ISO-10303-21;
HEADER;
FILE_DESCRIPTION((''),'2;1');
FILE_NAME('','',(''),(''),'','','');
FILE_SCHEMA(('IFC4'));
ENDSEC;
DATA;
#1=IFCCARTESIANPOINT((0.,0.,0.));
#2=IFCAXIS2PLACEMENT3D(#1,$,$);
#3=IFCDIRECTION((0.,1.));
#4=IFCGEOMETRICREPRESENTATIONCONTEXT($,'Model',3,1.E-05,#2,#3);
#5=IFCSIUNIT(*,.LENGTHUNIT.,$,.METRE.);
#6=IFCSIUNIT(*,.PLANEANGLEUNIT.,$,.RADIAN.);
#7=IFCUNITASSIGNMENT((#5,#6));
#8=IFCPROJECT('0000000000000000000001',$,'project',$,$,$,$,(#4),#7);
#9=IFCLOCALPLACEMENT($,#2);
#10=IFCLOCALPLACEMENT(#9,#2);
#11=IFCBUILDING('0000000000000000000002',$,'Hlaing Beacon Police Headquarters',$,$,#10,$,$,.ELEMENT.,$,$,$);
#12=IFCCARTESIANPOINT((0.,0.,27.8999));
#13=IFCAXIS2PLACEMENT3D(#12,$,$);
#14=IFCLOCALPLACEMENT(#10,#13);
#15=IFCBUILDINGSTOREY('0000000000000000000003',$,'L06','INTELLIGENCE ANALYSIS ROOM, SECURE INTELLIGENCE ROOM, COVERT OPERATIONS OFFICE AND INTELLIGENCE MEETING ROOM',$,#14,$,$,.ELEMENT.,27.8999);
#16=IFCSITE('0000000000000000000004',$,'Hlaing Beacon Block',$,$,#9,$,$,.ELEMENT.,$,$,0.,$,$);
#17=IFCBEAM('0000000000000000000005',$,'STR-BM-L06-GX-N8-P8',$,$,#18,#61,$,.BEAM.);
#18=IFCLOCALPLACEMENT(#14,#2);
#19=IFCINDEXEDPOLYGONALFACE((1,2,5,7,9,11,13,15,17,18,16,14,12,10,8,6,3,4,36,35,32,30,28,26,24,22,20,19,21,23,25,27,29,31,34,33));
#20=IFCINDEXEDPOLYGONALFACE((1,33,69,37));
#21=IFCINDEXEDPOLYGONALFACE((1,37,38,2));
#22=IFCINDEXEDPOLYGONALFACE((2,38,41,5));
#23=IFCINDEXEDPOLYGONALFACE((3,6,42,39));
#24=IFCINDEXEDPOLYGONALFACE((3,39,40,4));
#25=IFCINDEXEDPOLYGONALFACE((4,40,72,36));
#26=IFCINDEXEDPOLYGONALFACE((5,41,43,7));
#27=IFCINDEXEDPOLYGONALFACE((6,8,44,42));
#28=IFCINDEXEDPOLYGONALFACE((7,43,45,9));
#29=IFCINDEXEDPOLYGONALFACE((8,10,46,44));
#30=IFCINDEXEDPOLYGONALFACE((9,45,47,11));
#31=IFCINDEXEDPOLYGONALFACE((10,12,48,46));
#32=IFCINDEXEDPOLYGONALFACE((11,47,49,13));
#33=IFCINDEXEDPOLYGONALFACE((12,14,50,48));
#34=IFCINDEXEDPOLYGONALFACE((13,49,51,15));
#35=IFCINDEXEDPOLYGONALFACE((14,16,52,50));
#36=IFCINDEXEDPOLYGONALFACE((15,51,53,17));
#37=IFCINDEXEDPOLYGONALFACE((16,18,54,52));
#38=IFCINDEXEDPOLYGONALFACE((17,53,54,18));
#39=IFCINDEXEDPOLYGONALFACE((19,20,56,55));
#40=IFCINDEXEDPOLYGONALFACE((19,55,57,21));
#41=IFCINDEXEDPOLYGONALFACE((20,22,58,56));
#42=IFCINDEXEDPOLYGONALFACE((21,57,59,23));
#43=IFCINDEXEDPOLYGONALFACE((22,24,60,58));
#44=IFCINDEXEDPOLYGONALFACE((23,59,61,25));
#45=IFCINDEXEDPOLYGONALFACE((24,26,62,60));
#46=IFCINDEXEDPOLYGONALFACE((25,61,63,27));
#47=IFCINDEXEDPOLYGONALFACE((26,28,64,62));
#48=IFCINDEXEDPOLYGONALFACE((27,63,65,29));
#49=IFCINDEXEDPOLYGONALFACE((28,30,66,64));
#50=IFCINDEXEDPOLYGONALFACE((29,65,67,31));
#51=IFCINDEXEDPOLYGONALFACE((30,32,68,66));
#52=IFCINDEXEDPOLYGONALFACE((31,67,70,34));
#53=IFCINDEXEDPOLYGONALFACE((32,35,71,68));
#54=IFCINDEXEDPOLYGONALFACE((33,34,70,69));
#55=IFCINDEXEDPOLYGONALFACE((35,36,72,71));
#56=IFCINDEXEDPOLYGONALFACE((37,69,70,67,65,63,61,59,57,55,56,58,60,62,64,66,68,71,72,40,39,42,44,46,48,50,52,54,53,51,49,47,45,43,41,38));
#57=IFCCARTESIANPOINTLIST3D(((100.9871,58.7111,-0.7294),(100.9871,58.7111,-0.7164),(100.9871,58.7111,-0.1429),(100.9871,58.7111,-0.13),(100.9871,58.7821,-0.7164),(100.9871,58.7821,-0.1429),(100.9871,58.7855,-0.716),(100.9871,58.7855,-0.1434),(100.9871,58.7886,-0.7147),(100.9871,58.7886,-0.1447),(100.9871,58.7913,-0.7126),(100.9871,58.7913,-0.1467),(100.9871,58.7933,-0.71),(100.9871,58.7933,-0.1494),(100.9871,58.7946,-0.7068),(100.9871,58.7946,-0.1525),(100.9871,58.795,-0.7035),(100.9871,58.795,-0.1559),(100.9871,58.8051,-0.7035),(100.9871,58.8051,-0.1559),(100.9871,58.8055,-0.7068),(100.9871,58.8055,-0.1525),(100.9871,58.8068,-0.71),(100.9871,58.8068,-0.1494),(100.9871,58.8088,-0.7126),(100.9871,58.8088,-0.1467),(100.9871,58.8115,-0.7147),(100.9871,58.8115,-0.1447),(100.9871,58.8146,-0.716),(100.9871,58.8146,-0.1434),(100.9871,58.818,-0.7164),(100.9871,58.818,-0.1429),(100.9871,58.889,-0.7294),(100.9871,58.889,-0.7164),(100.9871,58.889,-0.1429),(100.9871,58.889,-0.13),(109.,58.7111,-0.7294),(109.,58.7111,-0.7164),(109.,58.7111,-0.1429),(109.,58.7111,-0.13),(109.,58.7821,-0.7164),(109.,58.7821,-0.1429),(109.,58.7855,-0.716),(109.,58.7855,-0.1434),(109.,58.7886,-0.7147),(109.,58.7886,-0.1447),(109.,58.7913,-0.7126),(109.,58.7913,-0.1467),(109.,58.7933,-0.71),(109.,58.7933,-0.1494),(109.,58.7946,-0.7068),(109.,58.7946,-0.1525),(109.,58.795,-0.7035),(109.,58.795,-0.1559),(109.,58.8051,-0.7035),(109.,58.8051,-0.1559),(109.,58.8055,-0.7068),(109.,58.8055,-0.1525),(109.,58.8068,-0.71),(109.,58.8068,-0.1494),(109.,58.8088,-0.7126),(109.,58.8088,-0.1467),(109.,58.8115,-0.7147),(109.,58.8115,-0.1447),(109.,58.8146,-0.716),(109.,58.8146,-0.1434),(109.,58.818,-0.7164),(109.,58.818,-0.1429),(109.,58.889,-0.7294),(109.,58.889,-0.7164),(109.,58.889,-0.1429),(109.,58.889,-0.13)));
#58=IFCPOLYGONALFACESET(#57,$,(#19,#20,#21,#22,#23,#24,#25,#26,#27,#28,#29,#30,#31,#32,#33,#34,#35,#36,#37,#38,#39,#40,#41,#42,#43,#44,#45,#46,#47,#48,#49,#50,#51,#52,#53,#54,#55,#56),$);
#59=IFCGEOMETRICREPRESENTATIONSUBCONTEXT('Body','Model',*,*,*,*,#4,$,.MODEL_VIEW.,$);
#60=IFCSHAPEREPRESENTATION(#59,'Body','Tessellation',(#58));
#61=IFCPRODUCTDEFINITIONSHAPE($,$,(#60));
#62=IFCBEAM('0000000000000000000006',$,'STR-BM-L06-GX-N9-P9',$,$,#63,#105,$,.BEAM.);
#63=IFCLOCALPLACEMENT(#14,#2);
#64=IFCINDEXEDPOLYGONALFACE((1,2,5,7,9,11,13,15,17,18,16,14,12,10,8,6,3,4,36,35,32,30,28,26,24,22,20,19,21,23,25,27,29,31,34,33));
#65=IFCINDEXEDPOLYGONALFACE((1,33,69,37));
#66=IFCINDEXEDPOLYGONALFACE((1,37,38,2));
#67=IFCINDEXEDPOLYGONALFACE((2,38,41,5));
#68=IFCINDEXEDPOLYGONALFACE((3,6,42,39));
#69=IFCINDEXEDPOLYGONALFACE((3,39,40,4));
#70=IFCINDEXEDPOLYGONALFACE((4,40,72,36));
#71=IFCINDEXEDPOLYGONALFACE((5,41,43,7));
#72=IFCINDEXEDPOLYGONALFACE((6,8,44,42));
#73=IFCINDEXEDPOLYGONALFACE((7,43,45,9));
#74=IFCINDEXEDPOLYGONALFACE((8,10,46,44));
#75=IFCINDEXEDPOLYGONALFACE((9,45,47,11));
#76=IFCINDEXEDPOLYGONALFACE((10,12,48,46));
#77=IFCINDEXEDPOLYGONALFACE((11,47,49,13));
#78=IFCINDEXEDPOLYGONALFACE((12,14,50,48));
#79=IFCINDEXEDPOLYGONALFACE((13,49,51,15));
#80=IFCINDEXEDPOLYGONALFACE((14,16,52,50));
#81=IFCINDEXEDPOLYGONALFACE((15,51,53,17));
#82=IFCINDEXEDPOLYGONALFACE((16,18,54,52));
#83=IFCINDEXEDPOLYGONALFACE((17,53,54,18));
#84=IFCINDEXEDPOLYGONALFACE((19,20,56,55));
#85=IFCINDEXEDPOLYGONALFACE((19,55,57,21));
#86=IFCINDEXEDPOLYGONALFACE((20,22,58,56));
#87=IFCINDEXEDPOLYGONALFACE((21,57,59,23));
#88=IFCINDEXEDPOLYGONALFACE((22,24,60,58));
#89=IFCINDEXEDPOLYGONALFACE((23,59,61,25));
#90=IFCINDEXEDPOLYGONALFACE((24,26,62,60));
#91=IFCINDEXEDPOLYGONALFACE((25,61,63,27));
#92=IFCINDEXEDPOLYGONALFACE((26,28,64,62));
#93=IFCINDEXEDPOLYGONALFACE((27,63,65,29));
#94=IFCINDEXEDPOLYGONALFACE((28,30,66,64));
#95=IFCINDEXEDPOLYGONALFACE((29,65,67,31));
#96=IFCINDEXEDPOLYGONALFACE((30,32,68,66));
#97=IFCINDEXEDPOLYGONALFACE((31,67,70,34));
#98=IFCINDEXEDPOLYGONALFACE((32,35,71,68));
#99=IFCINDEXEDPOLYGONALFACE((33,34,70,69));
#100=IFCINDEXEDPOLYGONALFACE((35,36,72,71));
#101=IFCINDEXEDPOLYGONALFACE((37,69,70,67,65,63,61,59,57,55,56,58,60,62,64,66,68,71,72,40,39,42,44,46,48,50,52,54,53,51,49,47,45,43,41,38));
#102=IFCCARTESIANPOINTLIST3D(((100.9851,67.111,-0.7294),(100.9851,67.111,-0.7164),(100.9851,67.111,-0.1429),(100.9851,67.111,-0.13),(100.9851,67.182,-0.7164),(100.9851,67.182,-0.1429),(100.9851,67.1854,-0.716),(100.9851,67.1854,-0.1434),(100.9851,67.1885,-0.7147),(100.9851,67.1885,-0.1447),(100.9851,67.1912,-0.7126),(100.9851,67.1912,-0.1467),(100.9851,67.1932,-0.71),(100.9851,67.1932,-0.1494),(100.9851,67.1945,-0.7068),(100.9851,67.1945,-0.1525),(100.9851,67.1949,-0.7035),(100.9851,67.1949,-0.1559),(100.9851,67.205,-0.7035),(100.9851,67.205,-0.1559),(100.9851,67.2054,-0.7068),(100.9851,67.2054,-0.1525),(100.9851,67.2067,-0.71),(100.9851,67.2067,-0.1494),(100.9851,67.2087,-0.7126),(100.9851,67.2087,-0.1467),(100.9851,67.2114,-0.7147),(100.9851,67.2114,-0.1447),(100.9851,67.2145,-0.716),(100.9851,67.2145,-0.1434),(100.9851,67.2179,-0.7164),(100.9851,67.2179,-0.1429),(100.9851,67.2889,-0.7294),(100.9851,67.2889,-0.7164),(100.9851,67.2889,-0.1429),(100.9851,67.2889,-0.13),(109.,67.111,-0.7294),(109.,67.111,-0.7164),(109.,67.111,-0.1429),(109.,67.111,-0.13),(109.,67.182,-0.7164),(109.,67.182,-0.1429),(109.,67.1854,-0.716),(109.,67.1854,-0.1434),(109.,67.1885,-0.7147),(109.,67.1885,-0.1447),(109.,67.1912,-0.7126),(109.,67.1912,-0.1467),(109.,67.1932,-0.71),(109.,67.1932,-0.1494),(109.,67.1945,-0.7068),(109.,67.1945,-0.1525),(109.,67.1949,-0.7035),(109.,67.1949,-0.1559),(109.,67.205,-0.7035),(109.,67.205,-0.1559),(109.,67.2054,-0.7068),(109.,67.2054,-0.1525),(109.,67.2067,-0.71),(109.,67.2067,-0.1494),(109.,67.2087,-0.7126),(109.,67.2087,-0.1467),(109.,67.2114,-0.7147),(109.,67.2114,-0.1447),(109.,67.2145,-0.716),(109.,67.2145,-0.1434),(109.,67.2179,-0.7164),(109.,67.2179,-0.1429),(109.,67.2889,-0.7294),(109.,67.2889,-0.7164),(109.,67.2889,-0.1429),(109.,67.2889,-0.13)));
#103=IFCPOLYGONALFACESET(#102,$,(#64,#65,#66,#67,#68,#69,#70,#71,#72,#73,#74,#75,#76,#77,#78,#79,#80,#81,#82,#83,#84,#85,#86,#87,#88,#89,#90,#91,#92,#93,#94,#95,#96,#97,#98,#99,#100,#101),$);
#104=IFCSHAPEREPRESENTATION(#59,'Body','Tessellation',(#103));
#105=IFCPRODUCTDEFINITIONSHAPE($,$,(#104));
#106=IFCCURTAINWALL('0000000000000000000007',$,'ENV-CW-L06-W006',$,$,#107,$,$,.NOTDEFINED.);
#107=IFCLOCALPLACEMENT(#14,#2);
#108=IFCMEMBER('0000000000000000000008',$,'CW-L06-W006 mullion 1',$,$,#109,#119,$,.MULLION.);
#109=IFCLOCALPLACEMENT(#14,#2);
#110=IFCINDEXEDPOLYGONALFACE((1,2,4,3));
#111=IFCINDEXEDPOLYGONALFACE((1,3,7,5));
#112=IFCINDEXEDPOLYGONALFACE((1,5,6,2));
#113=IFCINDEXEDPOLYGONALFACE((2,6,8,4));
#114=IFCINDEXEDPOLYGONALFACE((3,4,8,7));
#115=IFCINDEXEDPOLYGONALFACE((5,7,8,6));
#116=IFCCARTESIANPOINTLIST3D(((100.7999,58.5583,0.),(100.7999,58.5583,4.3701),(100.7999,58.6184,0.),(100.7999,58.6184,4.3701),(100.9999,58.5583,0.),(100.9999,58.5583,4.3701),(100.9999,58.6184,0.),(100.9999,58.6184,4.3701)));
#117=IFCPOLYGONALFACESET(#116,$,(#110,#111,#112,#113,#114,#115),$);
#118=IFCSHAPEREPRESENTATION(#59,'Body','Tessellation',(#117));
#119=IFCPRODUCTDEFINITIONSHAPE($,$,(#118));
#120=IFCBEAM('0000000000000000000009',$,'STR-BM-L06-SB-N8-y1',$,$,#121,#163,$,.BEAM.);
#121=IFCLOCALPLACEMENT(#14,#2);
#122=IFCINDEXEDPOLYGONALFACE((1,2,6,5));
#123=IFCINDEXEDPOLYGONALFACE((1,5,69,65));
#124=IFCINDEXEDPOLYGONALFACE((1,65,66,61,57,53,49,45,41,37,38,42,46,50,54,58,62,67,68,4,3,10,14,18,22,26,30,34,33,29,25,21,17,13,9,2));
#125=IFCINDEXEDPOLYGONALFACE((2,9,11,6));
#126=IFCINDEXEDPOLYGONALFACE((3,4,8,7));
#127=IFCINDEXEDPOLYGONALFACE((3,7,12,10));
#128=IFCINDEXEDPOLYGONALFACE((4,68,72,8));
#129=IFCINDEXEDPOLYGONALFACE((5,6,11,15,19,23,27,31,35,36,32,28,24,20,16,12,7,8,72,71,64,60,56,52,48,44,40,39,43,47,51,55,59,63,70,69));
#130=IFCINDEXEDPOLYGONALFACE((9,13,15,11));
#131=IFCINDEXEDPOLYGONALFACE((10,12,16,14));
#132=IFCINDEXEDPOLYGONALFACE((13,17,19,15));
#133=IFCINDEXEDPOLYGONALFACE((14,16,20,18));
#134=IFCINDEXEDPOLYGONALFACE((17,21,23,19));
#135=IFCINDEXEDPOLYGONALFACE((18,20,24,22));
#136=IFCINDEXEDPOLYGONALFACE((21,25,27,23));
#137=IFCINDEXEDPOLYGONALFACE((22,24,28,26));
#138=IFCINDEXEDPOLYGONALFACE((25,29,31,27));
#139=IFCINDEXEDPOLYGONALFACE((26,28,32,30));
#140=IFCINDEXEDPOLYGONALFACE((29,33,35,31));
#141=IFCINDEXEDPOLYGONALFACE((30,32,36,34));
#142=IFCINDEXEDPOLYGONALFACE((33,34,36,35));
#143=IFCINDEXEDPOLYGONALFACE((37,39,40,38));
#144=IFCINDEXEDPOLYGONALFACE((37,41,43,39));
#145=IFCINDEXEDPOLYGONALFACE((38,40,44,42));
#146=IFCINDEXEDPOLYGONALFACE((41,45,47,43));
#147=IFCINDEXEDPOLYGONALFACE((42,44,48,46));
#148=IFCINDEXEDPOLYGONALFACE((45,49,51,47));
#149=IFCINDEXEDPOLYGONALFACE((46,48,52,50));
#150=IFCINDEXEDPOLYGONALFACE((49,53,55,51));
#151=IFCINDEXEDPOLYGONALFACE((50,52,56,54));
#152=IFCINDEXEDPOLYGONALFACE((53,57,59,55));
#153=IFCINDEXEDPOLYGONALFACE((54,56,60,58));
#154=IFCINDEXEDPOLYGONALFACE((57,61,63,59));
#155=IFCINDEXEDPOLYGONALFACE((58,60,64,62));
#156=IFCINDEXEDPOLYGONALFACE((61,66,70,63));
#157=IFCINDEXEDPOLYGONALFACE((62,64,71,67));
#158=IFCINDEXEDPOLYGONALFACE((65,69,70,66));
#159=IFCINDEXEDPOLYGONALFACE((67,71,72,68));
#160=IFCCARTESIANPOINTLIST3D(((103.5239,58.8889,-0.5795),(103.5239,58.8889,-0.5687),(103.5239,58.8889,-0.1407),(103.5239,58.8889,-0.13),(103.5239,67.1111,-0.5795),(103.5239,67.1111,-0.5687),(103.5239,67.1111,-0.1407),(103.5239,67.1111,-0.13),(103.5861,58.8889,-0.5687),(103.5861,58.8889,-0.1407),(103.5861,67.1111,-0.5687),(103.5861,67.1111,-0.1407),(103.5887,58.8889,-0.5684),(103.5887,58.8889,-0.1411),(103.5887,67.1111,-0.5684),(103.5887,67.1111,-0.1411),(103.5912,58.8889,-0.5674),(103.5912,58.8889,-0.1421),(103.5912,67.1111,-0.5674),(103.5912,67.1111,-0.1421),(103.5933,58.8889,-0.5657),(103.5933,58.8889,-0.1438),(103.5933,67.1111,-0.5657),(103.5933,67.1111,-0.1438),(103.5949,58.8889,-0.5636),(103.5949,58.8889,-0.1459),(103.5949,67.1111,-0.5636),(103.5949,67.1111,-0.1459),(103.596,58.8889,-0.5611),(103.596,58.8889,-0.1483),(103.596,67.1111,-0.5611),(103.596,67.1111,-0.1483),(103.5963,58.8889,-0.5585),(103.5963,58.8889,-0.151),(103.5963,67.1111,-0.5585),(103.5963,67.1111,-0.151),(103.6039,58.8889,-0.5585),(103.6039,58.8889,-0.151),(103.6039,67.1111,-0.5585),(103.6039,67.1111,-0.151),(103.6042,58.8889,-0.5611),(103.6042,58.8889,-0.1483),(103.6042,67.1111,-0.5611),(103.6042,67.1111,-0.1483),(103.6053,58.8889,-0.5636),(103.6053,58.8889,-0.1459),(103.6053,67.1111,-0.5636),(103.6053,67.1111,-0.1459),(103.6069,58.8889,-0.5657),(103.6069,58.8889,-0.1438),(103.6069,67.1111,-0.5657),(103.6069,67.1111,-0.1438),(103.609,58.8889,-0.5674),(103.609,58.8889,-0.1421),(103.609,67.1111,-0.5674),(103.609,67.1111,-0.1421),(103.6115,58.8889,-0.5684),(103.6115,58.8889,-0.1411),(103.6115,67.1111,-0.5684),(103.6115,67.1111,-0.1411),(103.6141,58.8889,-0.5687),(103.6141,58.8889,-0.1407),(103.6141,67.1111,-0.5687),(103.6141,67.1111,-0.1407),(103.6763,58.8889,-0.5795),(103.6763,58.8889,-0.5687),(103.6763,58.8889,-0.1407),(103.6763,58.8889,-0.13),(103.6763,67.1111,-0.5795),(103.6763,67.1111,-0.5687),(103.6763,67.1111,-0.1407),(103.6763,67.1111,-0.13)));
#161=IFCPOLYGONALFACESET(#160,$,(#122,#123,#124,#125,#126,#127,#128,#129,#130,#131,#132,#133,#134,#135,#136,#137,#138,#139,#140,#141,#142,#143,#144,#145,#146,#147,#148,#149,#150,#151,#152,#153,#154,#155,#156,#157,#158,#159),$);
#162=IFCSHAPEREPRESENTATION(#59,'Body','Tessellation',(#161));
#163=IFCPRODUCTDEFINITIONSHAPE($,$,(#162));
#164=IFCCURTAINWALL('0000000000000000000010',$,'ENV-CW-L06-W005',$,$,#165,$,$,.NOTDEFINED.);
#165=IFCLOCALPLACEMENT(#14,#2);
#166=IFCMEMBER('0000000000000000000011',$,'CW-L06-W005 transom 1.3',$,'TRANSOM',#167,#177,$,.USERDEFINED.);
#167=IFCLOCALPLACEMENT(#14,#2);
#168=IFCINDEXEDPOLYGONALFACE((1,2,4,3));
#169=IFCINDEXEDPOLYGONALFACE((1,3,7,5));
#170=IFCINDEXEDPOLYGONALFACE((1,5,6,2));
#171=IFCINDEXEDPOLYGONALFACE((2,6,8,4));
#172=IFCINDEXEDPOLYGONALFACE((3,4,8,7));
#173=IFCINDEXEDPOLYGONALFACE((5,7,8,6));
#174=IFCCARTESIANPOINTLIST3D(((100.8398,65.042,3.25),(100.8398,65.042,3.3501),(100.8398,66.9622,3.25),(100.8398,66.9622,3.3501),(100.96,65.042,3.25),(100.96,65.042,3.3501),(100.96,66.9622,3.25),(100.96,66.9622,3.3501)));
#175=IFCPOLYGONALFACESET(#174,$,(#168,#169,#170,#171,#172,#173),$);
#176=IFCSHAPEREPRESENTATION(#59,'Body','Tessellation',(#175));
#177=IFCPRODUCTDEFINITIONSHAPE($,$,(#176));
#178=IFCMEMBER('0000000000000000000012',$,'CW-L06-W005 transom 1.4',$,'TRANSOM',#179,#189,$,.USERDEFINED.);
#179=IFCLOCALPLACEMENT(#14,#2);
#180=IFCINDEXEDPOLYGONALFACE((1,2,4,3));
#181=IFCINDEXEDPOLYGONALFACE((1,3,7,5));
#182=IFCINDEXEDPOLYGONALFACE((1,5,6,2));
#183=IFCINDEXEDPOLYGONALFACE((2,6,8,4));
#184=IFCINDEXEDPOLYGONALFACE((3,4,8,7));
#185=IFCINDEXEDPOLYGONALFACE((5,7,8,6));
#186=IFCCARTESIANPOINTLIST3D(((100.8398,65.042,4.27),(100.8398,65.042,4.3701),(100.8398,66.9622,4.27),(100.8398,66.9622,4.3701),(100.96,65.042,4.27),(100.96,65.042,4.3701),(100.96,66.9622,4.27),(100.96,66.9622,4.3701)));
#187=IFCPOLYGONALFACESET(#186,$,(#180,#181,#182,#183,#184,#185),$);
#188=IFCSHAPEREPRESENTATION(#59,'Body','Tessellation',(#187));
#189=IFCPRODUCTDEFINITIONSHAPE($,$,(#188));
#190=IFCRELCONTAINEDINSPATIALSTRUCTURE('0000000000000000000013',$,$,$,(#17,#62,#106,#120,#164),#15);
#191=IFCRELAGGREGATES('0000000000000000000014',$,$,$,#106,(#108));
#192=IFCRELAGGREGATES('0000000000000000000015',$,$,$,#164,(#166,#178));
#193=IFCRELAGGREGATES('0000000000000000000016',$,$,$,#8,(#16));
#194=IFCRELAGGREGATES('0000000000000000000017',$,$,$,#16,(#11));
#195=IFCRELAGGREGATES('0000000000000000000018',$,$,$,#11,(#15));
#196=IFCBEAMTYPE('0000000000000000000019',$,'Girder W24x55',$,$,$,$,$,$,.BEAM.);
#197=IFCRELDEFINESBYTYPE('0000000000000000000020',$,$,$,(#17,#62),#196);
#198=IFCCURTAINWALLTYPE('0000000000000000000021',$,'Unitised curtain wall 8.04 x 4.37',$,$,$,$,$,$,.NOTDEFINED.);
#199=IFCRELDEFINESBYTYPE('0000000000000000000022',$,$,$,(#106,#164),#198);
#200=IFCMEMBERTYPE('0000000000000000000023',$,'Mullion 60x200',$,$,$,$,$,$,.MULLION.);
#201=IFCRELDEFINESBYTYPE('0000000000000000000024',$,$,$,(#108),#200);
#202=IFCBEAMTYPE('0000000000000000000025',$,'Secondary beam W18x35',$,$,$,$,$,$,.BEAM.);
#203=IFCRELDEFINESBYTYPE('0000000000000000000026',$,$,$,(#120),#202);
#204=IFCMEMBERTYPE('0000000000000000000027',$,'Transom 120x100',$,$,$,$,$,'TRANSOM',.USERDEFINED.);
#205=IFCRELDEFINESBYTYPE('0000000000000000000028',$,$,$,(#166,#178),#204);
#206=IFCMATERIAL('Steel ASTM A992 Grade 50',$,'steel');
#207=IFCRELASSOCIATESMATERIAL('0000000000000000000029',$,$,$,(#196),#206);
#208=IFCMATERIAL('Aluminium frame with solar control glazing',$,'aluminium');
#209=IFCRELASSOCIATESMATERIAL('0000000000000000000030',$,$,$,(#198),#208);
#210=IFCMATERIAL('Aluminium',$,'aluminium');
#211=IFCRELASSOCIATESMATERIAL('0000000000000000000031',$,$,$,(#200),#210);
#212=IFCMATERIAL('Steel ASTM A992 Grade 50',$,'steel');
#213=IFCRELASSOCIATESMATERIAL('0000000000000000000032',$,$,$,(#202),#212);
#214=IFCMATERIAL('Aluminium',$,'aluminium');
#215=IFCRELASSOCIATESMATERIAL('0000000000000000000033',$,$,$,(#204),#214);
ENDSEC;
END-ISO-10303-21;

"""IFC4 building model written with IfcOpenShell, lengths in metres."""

from ifc_helpers import new_model, si_unit, direction, frame, origin, origin_2d, place, context, subcontext, project, spatial, rectangle, i_section, extrude, material, material_profile, profile_set, type_object, element, aggregate, save


model = new_model("IFC4")

# Units and contexts
model_context = context("Model", 3, precision=1e-05, world=origin(), true_north=direction((0.0, 1.0)))
body_context = subcontext(model_context, "Body", "Model", "MODEL_VIEW")
ifc_project = project(units=[si_unit("LENGTHUNIT", "METRE"), si_unit("PLANEANGLEUNIT", "RADIAN")], contexts=[model_context])

# Site, building, storey
site_placement = place(None, origin())
site = spatial("IfcSite", under=ifc_project, at=site_placement, Name="Hlaing Beacon Block", CompositionType="ELEMENT", RefElevation=0.0)
building_placement = place(site_placement, origin())
building = spatial("IfcBuilding", under=site, at=building_placement, Name="Hlaing Beacon Police Headquarters", CompositionType="ELEMENT")
storey_placement = place(building_placement, frame((0.0, 0.0, 27.8999)))
storey = spatial("IfcBuildingStorey", under=building, at=storey_placement, Name="L06", Description="INTELLIGENCE ANALYSIS ROOM, SECURE INTELLIGENCE ROOM, COVERT OPERATIONS OFFICE AND INTELLIGENCE MEETING ROOM", CompositionType="ELEMENT", Elevation=27.8999)

# Beams
ifc_material_1 = material(Name="Steel ASTM A992 Grade 50", Category="steel")
ifc_material_profile_1 = material_profile(ifc_material_1, i_section(OverallWidth=0.178, OverallDepth=0.5994, WebThickness=0.01, FlangeThickness=0.0129, FilletRadius=0.0129, at=origin_2d()), Name="W24x55")
ifc_profile_set_1 = profile_set([ifc_material_profile_1], Name="Steel ASTM A992 Grade 50")
beam_type_1 = type_object("IfcBeamType", Name="Girder W24x55", PredefinedType="BEAM", material=ifc_profile_set_1)
beam_1_placement = place(storey_placement, frame((100.9871, 58.8, -0.4297), z_axis=(1.0, 0.0, 0.0), x_axis=(0.0, 1.0, 0.0)))
element("IfcBeam", 1, at=beam_1_placement, inside=storey, type_object=beam_type_1, Name="STR-BM-L06-GX-N8-P8", PredefinedType="BEAM", context=body_context, shape_type="SweptSolid", body=[
    extrude(i_section(OverallWidth=0.178, OverallDepth=0.5994, WebThickness=0.01, FlangeThickness=0.0129, FilletRadius=0.0129, at=origin_2d()), origin(), (0.0, 0.0, 1.0), 8.0129),
])
beam_2_placement = place(storey_placement, frame((100.9851, 67.2, -0.4297), z_axis=(1.0, 0.0, 0.0), x_axis=(0.0, 1.0, 0.0)))
element("IfcBeam", 2, at=beam_2_placement, inside=storey, type_object=beam_type_1, Name="STR-BM-L06-GX-N9-P9", PredefinedType="BEAM", context=body_context, shape_type="SweptSolid", body=[
    extrude(i_section(OverallWidth=0.178, OverallDepth=0.5994, WebThickness=0.01, FlangeThickness=0.0129, FilletRadius=0.0129, at=origin_2d()), origin(), (0.0, 0.0, 1.0), 8.0149),
])

# Curtain wall, member
ifc_material_2 = material(Name="Aluminium frame with solar control glazing", Category="aluminium")
curtain_wall_type = type_object("IfcCurtainWallType", Name="Unitised curtain wall 8.04 x 4.37", PredefinedType="NOTDEFINED", material=ifc_material_2)
curtain_wall_1_placement = place(storey_placement, origin())
curtain_wall_1 = element("IfcCurtainWall", 3, at=curtain_wall_1_placement, inside=storey, type_object=curtain_wall_type, Name="ENV-CW-L06-W006", PredefinedType="NOTDEFINED")
ifc_material_3 = material(Name="Aluminium", Category="aluminium")
ifc_material_profile_2 = material_profile(ifc_material_3, rectangle(XDim=0.2, YDim=0.0601, at=origin_2d()), Name="Mullion 60x200")
ifc_profile_set_2 = profile_set([ifc_material_profile_2], Name="Aluminium")
member_type_1 = type_object("IfcMemberType", Name="Mullion 60x200", PredefinedType="MULLION", material=ifc_profile_set_2)
member_1_placement = place(storey_placement, frame((100.8999, 58.5884, 0.0), z_axis=(0.0, 0.0, 1.0), x_axis=(1.0, 0.0, 0.0)))
member_1 = element("IfcMember", 4, at=member_1_placement, type_object=member_type_1, Name="CW-L06-W006 mullion 1", PredefinedType="MULLION", context=body_context, shape_type="SweptSolid", body=[
    extrude(rectangle(XDim=0.2, YDim=0.0601, at=origin_2d()), origin(), (0.0, 0.0, 1.0), 4.3701),
])

# Beam
ifc_material_4 = material(Name="Steel ASTM A992 Grade 50", Category="steel")
ifc_material_profile_3 = material_profile(ifc_material_4, i_section(OverallWidth=0.1523, OverallDepth=0.4495, WebThickness=0.0076, FlangeThickness=0.0107, FilletRadius=0.0103, at=origin_2d()), Name="W18x35")
ifc_profile_set_3 = profile_set([ifc_material_profile_3], Name="Steel ASTM A992 Grade 50")
beam_type_2 = type_object("IfcBeamType", Name="Secondary beam W18x35", PredefinedType="BEAM", material=ifc_profile_set_3)
beam_3_placement = place(storey_placement, frame((103.6001, 58.8889, -0.3547), z_axis=(0.0, 1.0, 0.0), x_axis=(-1.0, 0.0, 0.0)))
element("IfcBeam", 5, at=beam_3_placement, inside=storey, type_object=beam_type_2, Name="STR-BM-L06-SB-N8-y1", PredefinedType="BEAM", context=body_context, shape_type="SweptSolid", body=[
    extrude(i_section(OverallWidth=0.1523, OverallDepth=0.4495, WebThickness=0.0076, FlangeThickness=0.0107, FilletRadius=0.0103, at=origin_2d()), origin(), (0.0, 0.0, 1.0), 8.2222),
])

# Curtain wall, members
curtain_wall_2_placement = place(storey_placement, origin())
curtain_wall_2 = element("IfcCurtainWall", 6, at=curtain_wall_2_placement, inside=storey, type_object=curtain_wall_type, Name="ENV-CW-L06-W005", PredefinedType="NOTDEFINED")
ifc_material_5 = material(Name="Aluminium", Category="aluminium")
ifc_material_profile_4 = material_profile(ifc_material_5, rectangle(XDim=0.1201, YDim=0.1001, at=origin_2d()), Name="Transom 120x100")
ifc_profile_set_4 = profile_set([ifc_material_profile_4], Name="Aluminium")
member_type_2 = type_object("IfcMemberType", Name="Transom 120x100", ElementType="TRANSOM", PredefinedType="USERDEFINED", material=ifc_profile_set_4)
member_2_placement = place(storey_placement, frame((100.8999, 66.9622, 3.3), z_axis=(0.0, -1.0, 0.0), x_axis=(1.0, 0.0, 0.0)))
member_2 = element("IfcMember", 7, at=member_2_placement, type_object=member_type_2, Name="CW-L06-W005 transom 1.3", ObjectType="TRANSOM", PredefinedType="USERDEFINED", context=body_context, shape_type="SweptSolid", body=[
    extrude(rectangle(XDim=0.1201, YDim=0.1001, at=origin_2d()), origin(), (0.0, 0.0, 1.0), 1.9202),
])
member_3_placement = place(storey_placement, frame((100.8999, 66.9622, 4.3201), z_axis=(0.0, -1.0, 0.0), x_axis=(1.0, 0.0, 0.0)))
member_3 = element("IfcMember", 8, at=member_3_placement, type_object=member_type_2, Name="CW-L06-W005 transom 1.4", ObjectType="TRANSOM", PredefinedType="USERDEFINED", context=body_context, shape_type="SweptSolid", body=[
    extrude(rectangle(XDim=0.1201, YDim=0.1001, at=origin_2d()), origin(), (0.0, 0.0, 1.0), 1.9202),
])

aggregate(curtain_wall_1, [member_1])

aggregate(curtain_wall_2, [member_2, member_3])

save(model, "model.ifc")
